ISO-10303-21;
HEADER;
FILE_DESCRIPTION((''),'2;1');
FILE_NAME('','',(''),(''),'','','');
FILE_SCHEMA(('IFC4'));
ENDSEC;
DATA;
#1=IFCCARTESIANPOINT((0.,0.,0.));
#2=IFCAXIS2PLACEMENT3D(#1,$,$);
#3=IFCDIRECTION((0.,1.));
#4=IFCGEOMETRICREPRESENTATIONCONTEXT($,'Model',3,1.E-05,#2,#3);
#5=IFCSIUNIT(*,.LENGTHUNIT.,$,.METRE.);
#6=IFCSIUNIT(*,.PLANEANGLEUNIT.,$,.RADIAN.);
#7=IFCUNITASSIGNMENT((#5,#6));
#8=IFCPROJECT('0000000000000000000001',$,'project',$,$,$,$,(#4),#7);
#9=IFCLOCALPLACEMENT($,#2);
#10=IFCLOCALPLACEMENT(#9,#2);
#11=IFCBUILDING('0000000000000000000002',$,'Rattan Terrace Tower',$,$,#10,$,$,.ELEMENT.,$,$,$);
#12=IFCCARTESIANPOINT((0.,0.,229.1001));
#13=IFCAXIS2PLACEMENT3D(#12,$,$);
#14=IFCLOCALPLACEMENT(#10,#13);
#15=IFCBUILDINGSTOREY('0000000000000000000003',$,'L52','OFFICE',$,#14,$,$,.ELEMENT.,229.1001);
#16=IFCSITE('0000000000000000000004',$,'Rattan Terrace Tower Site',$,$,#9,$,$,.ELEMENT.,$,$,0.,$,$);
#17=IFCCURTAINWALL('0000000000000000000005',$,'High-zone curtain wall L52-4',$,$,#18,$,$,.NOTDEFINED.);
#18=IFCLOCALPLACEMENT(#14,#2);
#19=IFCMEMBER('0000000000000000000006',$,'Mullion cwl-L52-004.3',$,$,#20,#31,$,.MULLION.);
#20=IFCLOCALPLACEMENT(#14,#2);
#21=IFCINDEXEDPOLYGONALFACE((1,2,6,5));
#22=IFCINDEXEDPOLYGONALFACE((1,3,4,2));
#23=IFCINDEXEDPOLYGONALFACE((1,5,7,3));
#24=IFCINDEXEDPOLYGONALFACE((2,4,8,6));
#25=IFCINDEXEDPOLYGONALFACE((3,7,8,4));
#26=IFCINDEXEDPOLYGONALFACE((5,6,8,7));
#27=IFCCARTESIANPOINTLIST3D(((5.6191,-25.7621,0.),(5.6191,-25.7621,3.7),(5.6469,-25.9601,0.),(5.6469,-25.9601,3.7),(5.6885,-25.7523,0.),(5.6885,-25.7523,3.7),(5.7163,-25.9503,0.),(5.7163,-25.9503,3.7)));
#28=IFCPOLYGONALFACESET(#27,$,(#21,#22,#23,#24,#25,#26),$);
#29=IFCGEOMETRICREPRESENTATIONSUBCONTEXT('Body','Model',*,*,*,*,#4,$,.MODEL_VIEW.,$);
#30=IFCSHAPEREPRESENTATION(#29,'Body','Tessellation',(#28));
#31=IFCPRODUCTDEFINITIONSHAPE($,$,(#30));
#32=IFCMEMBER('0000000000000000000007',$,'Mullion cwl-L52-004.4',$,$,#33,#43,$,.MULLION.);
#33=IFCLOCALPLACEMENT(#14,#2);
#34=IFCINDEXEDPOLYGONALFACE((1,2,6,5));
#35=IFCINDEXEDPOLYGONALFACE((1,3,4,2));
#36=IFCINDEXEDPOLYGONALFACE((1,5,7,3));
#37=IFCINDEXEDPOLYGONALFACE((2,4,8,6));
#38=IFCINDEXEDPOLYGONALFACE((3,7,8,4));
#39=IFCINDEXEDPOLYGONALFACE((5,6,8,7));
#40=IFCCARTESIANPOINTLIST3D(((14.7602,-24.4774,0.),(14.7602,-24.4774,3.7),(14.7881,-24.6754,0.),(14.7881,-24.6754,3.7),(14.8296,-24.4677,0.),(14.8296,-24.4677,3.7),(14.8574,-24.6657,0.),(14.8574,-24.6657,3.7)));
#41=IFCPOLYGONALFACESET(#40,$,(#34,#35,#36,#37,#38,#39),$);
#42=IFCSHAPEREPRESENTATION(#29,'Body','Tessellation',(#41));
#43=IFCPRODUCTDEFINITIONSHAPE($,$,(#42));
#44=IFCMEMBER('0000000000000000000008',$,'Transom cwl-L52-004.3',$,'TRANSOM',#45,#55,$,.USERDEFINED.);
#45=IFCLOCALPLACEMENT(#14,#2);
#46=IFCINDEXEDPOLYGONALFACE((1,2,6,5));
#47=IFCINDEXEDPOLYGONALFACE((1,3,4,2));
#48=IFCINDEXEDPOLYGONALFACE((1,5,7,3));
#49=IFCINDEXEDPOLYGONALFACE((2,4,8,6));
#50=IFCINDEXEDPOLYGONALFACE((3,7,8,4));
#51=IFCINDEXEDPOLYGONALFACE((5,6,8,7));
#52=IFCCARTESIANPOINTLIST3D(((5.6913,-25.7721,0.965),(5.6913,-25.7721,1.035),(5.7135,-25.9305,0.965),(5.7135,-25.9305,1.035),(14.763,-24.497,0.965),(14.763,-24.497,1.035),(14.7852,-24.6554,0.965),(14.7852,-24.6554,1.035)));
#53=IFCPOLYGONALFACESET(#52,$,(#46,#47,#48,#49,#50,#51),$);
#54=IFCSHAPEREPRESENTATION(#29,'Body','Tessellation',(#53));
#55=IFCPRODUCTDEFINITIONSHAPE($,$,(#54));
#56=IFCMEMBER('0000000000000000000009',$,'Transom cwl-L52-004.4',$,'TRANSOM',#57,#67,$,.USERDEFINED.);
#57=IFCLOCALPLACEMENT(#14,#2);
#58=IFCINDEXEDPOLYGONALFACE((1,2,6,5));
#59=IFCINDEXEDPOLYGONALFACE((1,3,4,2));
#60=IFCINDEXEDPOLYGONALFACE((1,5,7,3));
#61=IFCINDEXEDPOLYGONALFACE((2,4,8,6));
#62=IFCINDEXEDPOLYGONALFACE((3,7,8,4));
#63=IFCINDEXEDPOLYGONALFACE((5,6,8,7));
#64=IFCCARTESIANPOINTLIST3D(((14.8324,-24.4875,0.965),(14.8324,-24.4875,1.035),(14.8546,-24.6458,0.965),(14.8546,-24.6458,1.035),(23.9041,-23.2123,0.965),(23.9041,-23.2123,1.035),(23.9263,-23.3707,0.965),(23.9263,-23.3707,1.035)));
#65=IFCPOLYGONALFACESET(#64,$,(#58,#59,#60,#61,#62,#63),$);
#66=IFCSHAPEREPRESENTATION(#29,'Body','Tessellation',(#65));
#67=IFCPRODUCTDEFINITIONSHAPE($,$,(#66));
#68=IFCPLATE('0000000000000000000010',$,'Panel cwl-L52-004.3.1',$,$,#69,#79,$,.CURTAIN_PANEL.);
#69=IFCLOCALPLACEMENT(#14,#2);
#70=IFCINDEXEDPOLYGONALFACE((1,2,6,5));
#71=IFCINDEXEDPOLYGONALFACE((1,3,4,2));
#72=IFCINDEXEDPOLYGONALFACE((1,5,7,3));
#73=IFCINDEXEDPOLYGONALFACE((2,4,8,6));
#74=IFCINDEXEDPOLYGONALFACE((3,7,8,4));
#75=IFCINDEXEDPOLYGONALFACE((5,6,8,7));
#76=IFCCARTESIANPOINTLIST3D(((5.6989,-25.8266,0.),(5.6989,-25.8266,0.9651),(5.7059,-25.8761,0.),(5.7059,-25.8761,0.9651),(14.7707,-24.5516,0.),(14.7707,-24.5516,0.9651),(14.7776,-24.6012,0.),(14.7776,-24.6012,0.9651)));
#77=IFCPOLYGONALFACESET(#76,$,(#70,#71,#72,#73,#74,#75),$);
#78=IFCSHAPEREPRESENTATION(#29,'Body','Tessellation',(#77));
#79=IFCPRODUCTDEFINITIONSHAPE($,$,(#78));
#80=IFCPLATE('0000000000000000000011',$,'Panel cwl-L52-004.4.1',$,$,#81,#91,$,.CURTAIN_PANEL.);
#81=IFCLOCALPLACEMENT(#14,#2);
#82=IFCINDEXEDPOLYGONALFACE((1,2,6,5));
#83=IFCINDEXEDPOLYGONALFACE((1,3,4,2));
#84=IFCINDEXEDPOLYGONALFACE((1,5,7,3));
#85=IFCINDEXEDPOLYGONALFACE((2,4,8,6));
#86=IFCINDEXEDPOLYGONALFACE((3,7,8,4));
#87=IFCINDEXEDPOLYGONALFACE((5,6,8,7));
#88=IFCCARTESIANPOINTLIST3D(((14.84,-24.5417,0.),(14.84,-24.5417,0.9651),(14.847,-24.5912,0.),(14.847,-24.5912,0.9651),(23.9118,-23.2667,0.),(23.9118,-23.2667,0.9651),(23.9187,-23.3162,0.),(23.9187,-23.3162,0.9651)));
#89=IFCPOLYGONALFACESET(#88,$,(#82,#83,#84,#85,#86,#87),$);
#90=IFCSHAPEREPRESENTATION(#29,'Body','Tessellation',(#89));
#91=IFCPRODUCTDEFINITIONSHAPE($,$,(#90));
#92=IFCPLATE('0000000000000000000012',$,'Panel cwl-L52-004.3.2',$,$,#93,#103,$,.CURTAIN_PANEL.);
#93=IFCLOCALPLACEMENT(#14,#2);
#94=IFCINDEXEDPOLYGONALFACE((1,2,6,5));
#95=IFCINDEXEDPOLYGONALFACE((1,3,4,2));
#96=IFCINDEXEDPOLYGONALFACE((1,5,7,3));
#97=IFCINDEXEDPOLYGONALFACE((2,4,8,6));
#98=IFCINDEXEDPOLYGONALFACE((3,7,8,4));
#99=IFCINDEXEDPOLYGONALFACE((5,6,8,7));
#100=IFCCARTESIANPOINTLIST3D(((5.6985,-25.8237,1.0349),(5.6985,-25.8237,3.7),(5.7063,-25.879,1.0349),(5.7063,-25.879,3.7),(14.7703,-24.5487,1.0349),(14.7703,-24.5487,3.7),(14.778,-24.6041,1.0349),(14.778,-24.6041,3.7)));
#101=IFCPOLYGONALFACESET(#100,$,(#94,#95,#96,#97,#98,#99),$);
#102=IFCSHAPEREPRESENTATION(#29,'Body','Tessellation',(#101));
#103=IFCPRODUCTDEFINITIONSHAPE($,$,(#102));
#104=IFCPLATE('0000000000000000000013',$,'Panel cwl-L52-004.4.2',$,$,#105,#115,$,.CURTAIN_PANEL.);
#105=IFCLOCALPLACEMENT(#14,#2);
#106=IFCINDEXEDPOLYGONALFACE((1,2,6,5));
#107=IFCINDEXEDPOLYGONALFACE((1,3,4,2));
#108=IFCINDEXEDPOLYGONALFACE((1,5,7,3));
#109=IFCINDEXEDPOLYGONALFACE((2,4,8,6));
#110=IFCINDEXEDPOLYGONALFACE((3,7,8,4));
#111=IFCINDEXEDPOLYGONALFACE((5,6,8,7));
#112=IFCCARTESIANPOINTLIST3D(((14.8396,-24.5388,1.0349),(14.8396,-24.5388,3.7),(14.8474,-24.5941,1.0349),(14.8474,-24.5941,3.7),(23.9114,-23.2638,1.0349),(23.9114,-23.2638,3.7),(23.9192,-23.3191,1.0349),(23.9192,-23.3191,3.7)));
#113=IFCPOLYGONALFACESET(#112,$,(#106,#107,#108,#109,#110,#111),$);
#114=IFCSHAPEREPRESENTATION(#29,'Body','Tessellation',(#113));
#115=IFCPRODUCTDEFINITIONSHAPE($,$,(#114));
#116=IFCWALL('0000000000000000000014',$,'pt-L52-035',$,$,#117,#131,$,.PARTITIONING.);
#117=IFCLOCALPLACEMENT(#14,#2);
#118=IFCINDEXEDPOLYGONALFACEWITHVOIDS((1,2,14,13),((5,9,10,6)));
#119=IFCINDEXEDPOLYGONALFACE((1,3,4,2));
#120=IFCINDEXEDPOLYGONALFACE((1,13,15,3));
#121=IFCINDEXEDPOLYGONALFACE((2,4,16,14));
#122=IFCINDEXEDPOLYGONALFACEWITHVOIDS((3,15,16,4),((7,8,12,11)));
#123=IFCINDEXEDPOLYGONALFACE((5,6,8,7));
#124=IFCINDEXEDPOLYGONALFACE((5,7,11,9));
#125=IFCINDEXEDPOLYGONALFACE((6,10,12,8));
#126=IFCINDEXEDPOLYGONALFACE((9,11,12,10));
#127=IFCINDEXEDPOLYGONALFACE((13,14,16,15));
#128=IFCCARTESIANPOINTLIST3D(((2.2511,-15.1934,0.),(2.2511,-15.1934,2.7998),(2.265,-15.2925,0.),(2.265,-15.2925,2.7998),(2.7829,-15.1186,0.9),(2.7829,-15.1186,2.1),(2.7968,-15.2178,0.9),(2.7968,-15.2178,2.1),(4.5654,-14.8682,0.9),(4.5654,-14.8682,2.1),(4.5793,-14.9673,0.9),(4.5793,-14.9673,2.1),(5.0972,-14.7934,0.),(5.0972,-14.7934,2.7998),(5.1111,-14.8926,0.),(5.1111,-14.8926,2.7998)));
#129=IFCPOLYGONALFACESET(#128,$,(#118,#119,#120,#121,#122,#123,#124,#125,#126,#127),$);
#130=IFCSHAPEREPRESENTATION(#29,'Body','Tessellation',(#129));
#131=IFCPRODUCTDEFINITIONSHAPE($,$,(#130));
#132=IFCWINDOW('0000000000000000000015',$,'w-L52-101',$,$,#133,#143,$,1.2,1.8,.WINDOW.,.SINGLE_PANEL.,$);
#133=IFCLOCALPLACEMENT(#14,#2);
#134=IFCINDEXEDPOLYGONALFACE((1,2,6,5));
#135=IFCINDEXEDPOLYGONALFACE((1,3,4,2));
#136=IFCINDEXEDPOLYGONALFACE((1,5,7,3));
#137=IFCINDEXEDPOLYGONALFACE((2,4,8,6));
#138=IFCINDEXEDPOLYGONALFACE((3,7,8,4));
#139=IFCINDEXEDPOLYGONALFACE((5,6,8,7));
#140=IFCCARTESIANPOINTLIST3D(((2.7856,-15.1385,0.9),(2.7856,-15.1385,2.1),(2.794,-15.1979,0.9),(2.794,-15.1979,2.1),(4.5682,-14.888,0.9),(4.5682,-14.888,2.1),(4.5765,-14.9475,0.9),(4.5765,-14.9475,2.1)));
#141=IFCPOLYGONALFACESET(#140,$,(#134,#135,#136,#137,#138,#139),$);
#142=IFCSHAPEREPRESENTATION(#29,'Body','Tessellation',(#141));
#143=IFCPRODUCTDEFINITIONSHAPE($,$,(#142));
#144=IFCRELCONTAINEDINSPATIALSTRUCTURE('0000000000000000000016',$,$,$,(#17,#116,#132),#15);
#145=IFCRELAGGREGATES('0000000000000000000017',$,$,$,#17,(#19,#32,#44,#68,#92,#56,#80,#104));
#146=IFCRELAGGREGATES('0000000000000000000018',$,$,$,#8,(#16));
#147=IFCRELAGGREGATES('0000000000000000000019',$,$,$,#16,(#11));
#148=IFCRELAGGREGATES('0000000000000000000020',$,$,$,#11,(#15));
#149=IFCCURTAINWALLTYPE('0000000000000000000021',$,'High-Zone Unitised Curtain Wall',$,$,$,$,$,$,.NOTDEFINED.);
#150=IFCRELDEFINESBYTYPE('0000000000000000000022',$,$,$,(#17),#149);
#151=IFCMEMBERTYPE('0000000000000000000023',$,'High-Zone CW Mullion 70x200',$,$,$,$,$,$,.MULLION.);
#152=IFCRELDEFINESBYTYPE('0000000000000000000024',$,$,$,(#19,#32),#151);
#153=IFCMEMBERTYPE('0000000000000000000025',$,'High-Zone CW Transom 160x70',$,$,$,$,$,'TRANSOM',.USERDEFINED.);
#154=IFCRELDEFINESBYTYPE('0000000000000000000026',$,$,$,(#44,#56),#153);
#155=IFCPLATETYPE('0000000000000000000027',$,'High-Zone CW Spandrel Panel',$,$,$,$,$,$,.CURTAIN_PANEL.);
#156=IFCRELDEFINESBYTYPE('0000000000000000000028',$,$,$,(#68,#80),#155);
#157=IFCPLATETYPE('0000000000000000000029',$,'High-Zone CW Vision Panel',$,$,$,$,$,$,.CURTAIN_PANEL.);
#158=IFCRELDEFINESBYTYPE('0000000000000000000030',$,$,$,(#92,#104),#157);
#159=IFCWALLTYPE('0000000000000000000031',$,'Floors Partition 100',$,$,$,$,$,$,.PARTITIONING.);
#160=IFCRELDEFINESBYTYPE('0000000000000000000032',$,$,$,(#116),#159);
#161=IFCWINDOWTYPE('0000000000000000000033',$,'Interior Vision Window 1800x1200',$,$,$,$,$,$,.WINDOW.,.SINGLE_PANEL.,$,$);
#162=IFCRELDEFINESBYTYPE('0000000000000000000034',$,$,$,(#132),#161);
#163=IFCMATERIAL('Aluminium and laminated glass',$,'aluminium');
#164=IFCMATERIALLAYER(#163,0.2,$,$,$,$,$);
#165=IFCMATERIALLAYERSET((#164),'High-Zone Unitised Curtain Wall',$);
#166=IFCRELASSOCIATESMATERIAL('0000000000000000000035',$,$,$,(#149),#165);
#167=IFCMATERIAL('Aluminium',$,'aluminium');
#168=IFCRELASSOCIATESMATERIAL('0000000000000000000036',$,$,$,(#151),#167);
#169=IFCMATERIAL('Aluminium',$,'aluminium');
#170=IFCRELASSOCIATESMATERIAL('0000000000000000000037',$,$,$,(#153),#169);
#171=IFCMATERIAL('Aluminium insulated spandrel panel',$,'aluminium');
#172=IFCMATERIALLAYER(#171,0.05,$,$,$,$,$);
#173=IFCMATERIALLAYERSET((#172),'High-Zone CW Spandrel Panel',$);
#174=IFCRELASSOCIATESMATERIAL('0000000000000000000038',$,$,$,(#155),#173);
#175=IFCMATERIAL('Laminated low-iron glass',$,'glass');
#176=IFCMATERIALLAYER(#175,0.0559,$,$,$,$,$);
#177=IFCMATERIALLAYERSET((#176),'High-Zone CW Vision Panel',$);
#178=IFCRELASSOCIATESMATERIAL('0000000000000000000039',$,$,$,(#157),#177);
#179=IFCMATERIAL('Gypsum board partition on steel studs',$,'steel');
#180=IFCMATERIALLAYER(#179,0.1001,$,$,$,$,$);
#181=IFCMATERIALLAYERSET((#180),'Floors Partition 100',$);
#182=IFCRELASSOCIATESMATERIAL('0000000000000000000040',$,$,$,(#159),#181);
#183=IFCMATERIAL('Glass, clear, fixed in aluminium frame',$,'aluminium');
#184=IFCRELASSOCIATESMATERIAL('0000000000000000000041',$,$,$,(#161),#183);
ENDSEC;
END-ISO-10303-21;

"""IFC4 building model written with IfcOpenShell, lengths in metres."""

from ifc_helpers import new_model, si_unit, direction, frame, frame_2d, origin, origin_2d, place, context, subcontext, project, spatial, rectangle, extrude, material, layer, layer_set, material_profile, profile_set, type_object, element, fill, aggregate, save


model = new_model("IFC4")

# Units and contexts
model_context = context("Model", 3, precision=1e-05, world=origin(), true_north=direction((0.0, 1.0)))
body_context = subcontext(model_context, "Body", "Model", "MODEL_VIEW")
ifc_project = project(units=[si_unit("LENGTHUNIT", "METRE"), si_unit("PLANEANGLEUNIT", "RADIAN")], contexts=[model_context])

# Site, building, storey
site_placement = place(None, origin())
site = spatial("IfcSite", under=ifc_project, at=site_placement, Name="Rattan Terrace Tower Site", CompositionType="ELEMENT", RefElevation=0.0)
building_placement = place(site_placement, origin())
building = spatial("IfcBuilding", under=site, at=building_placement, Name="Rattan Terrace Tower", CompositionType="ELEMENT")
storey_placement = place(building_placement, frame((0.0, 0.0, 229.1001)))
storey = spatial("IfcBuildingStorey", under=building, at=storey_placement, Name="L52", Description="OFFICE", CompositionType="ELEMENT", Elevation=229.1001)

# Curtain wall, members, plates
ifc_material_1 = material(Name="Aluminium and laminated glass", Category="aluminium")
ifc_layer_1 = layer(ifc_material_1, 0.2)
ifc_layer_set_1 = layer_set([ifc_layer_1], Name="High-Zone Unitised Curtain Wall")
curtain_wall_type = type_object("IfcCurtainWallType", Name="High-Zone Unitised Curtain Wall", PredefinedType="NOTDEFINED", material=ifc_layer_set_1)
curtain_wall_placement = place(storey_placement, origin())
curtain_wall = element("IfcCurtainWall", 1, at=curtain_wall_placement, inside=storey, type_object=curtain_wall_type, Name="High-zone curtain wall L52-4", PredefinedType="NOTDEFINED")
ifc_material_2 = material(Name="Aluminium", Category="aluminium")
ifc_material_profile_1 = material_profile(ifc_material_2, rectangle(XDim=0.0701, YDim=0.2, at=origin_2d()), Name="Aluminium 70x200")
ifc_profile_set_1 = profile_set([ifc_material_profile_1], Name="Aluminium")
member_type_1 = type_object("IfcMemberType", Name="High-Zone CW Mullion 70x200", PredefinedType="MULLION", material=ifc_profile_set_1)
member_1_placement = place(storey_placement, frame((5.6677, -25.8562, 0.0), z_axis=(0.0, 0.0, 1.0), x_axis=(0.990267, 0.139177, 0.0)))
member_1 = element("IfcMember", 2, at=member_1_placement, type_object=member_type_1, Name="Mullion cwl-L52-004.3", PredefinedType="MULLION", context=body_context, shape_type="SweptSolid", body=[
    extrude(rectangle(XDim=0.0701, YDim=0.2, at=origin_2d()), origin(), (0.0, 0.0, 1.0), 3.7),
])
member_2_placement = place(storey_placement, frame((14.8088, -24.5715, 0.0), z_axis=(0.0, 0.0, 1.0), x_axis=(0.990267, 0.139177, 0.0)))
member_2 = element("IfcMember", 3, at=member_2_placement, type_object=member_type_1, Name="Mullion cwl-L52-004.4", PredefinedType="MULLION", context=body_context, shape_type="SweptSolid", body=[
    extrude(rectangle(XDim=0.0701, YDim=0.2, at=origin_2d()), origin(), (0.0, 0.0, 1.0), 3.7),
])
ifc_material_3 = material(Name="Aluminium", Category="aluminium")
ifc_material_profile_2 = material_profile(ifc_material_3, rectangle(XDim=0.1599, YDim=0.0701, at=origin_2d()), Name="Aluminium 160x70")
ifc_profile_set_2 = profile_set([ifc_material_profile_2], Name="Aluminium")
member_type_2 = type_object("IfcMemberType", Name="High-Zone CW Transom 160x70", ElementType="TRANSOM", PredefinedType="USERDEFINED", material=ifc_profile_set_2)
member_3_placement = place(storey_placement, frame((5.7024, -25.8513, 1.0), z_axis=(0.990265, 0.139194, 0.0), x_axis=(-0.139194, 0.990265, 0.0)))
member_3 = element("IfcMember", 4, at=member_3_placement, type_object=member_type_2, Name="Transom cwl-L52-004.3", ObjectType="TRANSOM", PredefinedType="USERDEFINED", context=body_context, shape_type="SweptSolid", body=[
    extrude(rectangle(XDim=0.1599, YDim=0.0701, at=origin_2d()), origin(), (0.0, 0.0, 1.0), 9.1609),
])
member_4_placement = place(storey_placement, frame((14.8435, -24.5667, 1.0), z_axis=(0.990265, 0.139194, 0.0), x_axis=(-0.139194, 0.990265, 0.0)))
member_4 = element("IfcMember", 5, at=member_4_placement, type_object=member_type_2, Name="Transom cwl-L52-004.4", ObjectType="TRANSOM", PredefinedType="USERDEFINED", context=body_context, shape_type="SweptSolid", body=[
    extrude(rectangle(XDim=0.1599, YDim=0.0701, at=origin_2d()), origin(), (0.0, 0.0, 1.0), 9.1609),
])
ifc_material_4 = material(Name="Aluminium insulated spandrel panel", Category="aluminium")
ifc_layer_2 = layer(ifc_material_4, 0.05)
ifc_layer_set_2 = layer_set([ifc_layer_2], Name="High-Zone CW Spandrel Panel")
plate_type_1 = type_object("IfcPlateType", Name="High-Zone CW Spandrel Panel", PredefinedType="CURTAIN_PANEL", material=ifc_layer_set_2)
plate_1_placement = place(storey_placement, frame((10.2383, -25.2139, 0.0), z_axis=(0.0, 0.0, 1.0), x_axis=(0.990267, 0.139177, 0.0)))
plate_1 = element("IfcPlate", 6, at=plate_1_placement, type_object=plate_type_1, Name="Panel cwl-L52-004.3.1", PredefinedType="CURTAIN_PANEL", context=body_context, shape_type="SweptSolid", body=[
    extrude(rectangle(XDim=9.1609, YDim=0.05, at=origin_2d()), origin(), (0.0, 0.0, 1.0), 0.9651),
])
plate_2_placement = place(storey_placement, frame((19.3794, -23.929, 0.0), z_axis=(0.0, 0.0, 1.0), x_axis=(0.990267, 0.139177, 0.0)))
plate_2 = element("IfcPlate", 7, at=plate_2_placement, type_object=plate_type_1, Name="Panel cwl-L52-004.4.1", PredefinedType="CURTAIN_PANEL", context=body_context, shape_type="SweptSolid", body=[
    extrude(rectangle(XDim=9.1609, YDim=0.05, at=origin_2d()), origin(), (0.0, 0.0, 1.0), 0.9651),
])
ifc_material_5 = material(Name="Laminated low-iron glass", Category="glass")
ifc_layer_3 = layer(ifc_material_5, 0.0559)
ifc_layer_set_3 = layer_set([ifc_layer_3], Name="High-Zone CW Vision Panel")
plate_type_2 = type_object("IfcPlateType", Name="High-Zone CW Vision Panel", PredefinedType="CURTAIN_PANEL", material=ifc_layer_set_3)
plate_3_placement = place(storey_placement, frame((10.2383, -25.2139, 1.0349), z_axis=(0.0, 0.0, 1.0), x_axis=(0.990267, 0.139177, 0.0)))
plate_3 = element("IfcPlate", 8, at=plate_3_placement, type_object=plate_type_2, Name="Panel cwl-L52-004.3.2", PredefinedType="CURTAIN_PANEL", context=body_context, shape_type="SweptSolid", body=[
    extrude(rectangle(XDim=9.1609, YDim=0.0559, at=origin_2d()), origin(), (0.0, 0.0, 1.0), 2.665),
])
plate_4_placement = place(storey_placement, frame((19.3794, -23.929, 1.0349), z_axis=(0.0, 0.0, 1.0), x_axis=(0.990267, 0.139177, 0.0)))
plate_4 = element("IfcPlate", 9, at=plate_4_placement, type_object=plate_type_2, Name="Panel cwl-L52-004.4.2", PredefinedType="CURTAIN_PANEL", context=body_context, shape_type="SweptSolid", body=[
    extrude(rectangle(XDim=9.1609, YDim=0.0559, at=origin_2d()), origin(), (0.0, 0.0, 1.0), 2.665),
])
aggregate(curtain_wall, [member_1, member_2, member_3, plate_1, plate_3, member_4, plate_2, plate_4])

# Wall, opening, window
ifc_material_6 = material(Name="Gypsum board partition on steel studs", Category="steel")
ifc_layer_4 = layer(ifc_material_6, 0.1001)
ifc_layer_set_4 = layer_set([ifc_layer_4], Name="Floors Partition 100")
wall_type_1 = type_object("IfcWallType", Name="Floors Partition 100", PredefinedType="PARTITIONING", material=ifc_layer_set_4)
wall_1_placement = place(storey_placement, frame((2.2581, -15.2429, 0.0), z_axis=(0.0, 0.0, 1.0), x_axis=(0.990271, 0.139149, 0.0)))
wall_1 = element("IfcWall", 10, at=wall_1_placement, inside=storey, type_object=wall_type_1, Name="pt-L52-035", PredefinedType="PARTITIONING", context=body_context, shape_type="SweptSolid", body=[
    extrude(rectangle(XDim=2.874, YDim=0.1001, at=frame_2d((1.437, 0.0))), origin(), (0.0, 0.0, 1.0), 2.7998),
])
opening_1_placement = place(wall_1_placement, frame((0.5371, 0.0, 0.8999)))
opening_1 = element("IfcOpeningElement", 11, at=opening_1_placement, cuts=wall_1, PredefinedType="OPENING", context=body_context, shape_type="SweptSolid", body=[
    extrude(rectangle(XDim=1.8, YDim=1.2, at=frame_2d((0.8999, 0.6001))), frame((0.0, 0.0605, 0.0), z_axis=(0.0, -1.0, 0.0), x_axis=(1.0, 0.0, 0.0)), (0.0, 0.0, 1.0), 0.1211),
])
ifc_material_7 = material(Name="Glass, clear, fixed in aluminium frame", Category="aluminium")
window_type_1 = type_object("IfcWindowType", Name="Interior Vision Window 1800x1200", PartitioningType="SINGLE_PANEL", PredefinedType="WINDOW", material=ifc_material_7)
window_1_placement = place(opening_1_placement, origin())
window_1 = element("IfcWindow", 12, at=window_1_placement, inside=storey, type_object=window_type_1, Name="w-L52-101", OverallHeight=1.2, OverallWidth=1.8, PartitioningType="SINGLE_PANEL", PredefinedType="WINDOW", context=body_context, shape_type="SweptSolid", body=[
    extrude(rectangle(XDim=1.8, YDim=1.2, at=frame_2d((0.8999, 0.6001))), frame((0.0, 0.03, 0.0), z_axis=(0.0, -1.0, 0.0), x_axis=(1.0, 0.0, 0.0)), (0.0, 0.0, 1.0), 0.0601),
])
fill(opening_1, window_1)

save(model, "model.ifc")
